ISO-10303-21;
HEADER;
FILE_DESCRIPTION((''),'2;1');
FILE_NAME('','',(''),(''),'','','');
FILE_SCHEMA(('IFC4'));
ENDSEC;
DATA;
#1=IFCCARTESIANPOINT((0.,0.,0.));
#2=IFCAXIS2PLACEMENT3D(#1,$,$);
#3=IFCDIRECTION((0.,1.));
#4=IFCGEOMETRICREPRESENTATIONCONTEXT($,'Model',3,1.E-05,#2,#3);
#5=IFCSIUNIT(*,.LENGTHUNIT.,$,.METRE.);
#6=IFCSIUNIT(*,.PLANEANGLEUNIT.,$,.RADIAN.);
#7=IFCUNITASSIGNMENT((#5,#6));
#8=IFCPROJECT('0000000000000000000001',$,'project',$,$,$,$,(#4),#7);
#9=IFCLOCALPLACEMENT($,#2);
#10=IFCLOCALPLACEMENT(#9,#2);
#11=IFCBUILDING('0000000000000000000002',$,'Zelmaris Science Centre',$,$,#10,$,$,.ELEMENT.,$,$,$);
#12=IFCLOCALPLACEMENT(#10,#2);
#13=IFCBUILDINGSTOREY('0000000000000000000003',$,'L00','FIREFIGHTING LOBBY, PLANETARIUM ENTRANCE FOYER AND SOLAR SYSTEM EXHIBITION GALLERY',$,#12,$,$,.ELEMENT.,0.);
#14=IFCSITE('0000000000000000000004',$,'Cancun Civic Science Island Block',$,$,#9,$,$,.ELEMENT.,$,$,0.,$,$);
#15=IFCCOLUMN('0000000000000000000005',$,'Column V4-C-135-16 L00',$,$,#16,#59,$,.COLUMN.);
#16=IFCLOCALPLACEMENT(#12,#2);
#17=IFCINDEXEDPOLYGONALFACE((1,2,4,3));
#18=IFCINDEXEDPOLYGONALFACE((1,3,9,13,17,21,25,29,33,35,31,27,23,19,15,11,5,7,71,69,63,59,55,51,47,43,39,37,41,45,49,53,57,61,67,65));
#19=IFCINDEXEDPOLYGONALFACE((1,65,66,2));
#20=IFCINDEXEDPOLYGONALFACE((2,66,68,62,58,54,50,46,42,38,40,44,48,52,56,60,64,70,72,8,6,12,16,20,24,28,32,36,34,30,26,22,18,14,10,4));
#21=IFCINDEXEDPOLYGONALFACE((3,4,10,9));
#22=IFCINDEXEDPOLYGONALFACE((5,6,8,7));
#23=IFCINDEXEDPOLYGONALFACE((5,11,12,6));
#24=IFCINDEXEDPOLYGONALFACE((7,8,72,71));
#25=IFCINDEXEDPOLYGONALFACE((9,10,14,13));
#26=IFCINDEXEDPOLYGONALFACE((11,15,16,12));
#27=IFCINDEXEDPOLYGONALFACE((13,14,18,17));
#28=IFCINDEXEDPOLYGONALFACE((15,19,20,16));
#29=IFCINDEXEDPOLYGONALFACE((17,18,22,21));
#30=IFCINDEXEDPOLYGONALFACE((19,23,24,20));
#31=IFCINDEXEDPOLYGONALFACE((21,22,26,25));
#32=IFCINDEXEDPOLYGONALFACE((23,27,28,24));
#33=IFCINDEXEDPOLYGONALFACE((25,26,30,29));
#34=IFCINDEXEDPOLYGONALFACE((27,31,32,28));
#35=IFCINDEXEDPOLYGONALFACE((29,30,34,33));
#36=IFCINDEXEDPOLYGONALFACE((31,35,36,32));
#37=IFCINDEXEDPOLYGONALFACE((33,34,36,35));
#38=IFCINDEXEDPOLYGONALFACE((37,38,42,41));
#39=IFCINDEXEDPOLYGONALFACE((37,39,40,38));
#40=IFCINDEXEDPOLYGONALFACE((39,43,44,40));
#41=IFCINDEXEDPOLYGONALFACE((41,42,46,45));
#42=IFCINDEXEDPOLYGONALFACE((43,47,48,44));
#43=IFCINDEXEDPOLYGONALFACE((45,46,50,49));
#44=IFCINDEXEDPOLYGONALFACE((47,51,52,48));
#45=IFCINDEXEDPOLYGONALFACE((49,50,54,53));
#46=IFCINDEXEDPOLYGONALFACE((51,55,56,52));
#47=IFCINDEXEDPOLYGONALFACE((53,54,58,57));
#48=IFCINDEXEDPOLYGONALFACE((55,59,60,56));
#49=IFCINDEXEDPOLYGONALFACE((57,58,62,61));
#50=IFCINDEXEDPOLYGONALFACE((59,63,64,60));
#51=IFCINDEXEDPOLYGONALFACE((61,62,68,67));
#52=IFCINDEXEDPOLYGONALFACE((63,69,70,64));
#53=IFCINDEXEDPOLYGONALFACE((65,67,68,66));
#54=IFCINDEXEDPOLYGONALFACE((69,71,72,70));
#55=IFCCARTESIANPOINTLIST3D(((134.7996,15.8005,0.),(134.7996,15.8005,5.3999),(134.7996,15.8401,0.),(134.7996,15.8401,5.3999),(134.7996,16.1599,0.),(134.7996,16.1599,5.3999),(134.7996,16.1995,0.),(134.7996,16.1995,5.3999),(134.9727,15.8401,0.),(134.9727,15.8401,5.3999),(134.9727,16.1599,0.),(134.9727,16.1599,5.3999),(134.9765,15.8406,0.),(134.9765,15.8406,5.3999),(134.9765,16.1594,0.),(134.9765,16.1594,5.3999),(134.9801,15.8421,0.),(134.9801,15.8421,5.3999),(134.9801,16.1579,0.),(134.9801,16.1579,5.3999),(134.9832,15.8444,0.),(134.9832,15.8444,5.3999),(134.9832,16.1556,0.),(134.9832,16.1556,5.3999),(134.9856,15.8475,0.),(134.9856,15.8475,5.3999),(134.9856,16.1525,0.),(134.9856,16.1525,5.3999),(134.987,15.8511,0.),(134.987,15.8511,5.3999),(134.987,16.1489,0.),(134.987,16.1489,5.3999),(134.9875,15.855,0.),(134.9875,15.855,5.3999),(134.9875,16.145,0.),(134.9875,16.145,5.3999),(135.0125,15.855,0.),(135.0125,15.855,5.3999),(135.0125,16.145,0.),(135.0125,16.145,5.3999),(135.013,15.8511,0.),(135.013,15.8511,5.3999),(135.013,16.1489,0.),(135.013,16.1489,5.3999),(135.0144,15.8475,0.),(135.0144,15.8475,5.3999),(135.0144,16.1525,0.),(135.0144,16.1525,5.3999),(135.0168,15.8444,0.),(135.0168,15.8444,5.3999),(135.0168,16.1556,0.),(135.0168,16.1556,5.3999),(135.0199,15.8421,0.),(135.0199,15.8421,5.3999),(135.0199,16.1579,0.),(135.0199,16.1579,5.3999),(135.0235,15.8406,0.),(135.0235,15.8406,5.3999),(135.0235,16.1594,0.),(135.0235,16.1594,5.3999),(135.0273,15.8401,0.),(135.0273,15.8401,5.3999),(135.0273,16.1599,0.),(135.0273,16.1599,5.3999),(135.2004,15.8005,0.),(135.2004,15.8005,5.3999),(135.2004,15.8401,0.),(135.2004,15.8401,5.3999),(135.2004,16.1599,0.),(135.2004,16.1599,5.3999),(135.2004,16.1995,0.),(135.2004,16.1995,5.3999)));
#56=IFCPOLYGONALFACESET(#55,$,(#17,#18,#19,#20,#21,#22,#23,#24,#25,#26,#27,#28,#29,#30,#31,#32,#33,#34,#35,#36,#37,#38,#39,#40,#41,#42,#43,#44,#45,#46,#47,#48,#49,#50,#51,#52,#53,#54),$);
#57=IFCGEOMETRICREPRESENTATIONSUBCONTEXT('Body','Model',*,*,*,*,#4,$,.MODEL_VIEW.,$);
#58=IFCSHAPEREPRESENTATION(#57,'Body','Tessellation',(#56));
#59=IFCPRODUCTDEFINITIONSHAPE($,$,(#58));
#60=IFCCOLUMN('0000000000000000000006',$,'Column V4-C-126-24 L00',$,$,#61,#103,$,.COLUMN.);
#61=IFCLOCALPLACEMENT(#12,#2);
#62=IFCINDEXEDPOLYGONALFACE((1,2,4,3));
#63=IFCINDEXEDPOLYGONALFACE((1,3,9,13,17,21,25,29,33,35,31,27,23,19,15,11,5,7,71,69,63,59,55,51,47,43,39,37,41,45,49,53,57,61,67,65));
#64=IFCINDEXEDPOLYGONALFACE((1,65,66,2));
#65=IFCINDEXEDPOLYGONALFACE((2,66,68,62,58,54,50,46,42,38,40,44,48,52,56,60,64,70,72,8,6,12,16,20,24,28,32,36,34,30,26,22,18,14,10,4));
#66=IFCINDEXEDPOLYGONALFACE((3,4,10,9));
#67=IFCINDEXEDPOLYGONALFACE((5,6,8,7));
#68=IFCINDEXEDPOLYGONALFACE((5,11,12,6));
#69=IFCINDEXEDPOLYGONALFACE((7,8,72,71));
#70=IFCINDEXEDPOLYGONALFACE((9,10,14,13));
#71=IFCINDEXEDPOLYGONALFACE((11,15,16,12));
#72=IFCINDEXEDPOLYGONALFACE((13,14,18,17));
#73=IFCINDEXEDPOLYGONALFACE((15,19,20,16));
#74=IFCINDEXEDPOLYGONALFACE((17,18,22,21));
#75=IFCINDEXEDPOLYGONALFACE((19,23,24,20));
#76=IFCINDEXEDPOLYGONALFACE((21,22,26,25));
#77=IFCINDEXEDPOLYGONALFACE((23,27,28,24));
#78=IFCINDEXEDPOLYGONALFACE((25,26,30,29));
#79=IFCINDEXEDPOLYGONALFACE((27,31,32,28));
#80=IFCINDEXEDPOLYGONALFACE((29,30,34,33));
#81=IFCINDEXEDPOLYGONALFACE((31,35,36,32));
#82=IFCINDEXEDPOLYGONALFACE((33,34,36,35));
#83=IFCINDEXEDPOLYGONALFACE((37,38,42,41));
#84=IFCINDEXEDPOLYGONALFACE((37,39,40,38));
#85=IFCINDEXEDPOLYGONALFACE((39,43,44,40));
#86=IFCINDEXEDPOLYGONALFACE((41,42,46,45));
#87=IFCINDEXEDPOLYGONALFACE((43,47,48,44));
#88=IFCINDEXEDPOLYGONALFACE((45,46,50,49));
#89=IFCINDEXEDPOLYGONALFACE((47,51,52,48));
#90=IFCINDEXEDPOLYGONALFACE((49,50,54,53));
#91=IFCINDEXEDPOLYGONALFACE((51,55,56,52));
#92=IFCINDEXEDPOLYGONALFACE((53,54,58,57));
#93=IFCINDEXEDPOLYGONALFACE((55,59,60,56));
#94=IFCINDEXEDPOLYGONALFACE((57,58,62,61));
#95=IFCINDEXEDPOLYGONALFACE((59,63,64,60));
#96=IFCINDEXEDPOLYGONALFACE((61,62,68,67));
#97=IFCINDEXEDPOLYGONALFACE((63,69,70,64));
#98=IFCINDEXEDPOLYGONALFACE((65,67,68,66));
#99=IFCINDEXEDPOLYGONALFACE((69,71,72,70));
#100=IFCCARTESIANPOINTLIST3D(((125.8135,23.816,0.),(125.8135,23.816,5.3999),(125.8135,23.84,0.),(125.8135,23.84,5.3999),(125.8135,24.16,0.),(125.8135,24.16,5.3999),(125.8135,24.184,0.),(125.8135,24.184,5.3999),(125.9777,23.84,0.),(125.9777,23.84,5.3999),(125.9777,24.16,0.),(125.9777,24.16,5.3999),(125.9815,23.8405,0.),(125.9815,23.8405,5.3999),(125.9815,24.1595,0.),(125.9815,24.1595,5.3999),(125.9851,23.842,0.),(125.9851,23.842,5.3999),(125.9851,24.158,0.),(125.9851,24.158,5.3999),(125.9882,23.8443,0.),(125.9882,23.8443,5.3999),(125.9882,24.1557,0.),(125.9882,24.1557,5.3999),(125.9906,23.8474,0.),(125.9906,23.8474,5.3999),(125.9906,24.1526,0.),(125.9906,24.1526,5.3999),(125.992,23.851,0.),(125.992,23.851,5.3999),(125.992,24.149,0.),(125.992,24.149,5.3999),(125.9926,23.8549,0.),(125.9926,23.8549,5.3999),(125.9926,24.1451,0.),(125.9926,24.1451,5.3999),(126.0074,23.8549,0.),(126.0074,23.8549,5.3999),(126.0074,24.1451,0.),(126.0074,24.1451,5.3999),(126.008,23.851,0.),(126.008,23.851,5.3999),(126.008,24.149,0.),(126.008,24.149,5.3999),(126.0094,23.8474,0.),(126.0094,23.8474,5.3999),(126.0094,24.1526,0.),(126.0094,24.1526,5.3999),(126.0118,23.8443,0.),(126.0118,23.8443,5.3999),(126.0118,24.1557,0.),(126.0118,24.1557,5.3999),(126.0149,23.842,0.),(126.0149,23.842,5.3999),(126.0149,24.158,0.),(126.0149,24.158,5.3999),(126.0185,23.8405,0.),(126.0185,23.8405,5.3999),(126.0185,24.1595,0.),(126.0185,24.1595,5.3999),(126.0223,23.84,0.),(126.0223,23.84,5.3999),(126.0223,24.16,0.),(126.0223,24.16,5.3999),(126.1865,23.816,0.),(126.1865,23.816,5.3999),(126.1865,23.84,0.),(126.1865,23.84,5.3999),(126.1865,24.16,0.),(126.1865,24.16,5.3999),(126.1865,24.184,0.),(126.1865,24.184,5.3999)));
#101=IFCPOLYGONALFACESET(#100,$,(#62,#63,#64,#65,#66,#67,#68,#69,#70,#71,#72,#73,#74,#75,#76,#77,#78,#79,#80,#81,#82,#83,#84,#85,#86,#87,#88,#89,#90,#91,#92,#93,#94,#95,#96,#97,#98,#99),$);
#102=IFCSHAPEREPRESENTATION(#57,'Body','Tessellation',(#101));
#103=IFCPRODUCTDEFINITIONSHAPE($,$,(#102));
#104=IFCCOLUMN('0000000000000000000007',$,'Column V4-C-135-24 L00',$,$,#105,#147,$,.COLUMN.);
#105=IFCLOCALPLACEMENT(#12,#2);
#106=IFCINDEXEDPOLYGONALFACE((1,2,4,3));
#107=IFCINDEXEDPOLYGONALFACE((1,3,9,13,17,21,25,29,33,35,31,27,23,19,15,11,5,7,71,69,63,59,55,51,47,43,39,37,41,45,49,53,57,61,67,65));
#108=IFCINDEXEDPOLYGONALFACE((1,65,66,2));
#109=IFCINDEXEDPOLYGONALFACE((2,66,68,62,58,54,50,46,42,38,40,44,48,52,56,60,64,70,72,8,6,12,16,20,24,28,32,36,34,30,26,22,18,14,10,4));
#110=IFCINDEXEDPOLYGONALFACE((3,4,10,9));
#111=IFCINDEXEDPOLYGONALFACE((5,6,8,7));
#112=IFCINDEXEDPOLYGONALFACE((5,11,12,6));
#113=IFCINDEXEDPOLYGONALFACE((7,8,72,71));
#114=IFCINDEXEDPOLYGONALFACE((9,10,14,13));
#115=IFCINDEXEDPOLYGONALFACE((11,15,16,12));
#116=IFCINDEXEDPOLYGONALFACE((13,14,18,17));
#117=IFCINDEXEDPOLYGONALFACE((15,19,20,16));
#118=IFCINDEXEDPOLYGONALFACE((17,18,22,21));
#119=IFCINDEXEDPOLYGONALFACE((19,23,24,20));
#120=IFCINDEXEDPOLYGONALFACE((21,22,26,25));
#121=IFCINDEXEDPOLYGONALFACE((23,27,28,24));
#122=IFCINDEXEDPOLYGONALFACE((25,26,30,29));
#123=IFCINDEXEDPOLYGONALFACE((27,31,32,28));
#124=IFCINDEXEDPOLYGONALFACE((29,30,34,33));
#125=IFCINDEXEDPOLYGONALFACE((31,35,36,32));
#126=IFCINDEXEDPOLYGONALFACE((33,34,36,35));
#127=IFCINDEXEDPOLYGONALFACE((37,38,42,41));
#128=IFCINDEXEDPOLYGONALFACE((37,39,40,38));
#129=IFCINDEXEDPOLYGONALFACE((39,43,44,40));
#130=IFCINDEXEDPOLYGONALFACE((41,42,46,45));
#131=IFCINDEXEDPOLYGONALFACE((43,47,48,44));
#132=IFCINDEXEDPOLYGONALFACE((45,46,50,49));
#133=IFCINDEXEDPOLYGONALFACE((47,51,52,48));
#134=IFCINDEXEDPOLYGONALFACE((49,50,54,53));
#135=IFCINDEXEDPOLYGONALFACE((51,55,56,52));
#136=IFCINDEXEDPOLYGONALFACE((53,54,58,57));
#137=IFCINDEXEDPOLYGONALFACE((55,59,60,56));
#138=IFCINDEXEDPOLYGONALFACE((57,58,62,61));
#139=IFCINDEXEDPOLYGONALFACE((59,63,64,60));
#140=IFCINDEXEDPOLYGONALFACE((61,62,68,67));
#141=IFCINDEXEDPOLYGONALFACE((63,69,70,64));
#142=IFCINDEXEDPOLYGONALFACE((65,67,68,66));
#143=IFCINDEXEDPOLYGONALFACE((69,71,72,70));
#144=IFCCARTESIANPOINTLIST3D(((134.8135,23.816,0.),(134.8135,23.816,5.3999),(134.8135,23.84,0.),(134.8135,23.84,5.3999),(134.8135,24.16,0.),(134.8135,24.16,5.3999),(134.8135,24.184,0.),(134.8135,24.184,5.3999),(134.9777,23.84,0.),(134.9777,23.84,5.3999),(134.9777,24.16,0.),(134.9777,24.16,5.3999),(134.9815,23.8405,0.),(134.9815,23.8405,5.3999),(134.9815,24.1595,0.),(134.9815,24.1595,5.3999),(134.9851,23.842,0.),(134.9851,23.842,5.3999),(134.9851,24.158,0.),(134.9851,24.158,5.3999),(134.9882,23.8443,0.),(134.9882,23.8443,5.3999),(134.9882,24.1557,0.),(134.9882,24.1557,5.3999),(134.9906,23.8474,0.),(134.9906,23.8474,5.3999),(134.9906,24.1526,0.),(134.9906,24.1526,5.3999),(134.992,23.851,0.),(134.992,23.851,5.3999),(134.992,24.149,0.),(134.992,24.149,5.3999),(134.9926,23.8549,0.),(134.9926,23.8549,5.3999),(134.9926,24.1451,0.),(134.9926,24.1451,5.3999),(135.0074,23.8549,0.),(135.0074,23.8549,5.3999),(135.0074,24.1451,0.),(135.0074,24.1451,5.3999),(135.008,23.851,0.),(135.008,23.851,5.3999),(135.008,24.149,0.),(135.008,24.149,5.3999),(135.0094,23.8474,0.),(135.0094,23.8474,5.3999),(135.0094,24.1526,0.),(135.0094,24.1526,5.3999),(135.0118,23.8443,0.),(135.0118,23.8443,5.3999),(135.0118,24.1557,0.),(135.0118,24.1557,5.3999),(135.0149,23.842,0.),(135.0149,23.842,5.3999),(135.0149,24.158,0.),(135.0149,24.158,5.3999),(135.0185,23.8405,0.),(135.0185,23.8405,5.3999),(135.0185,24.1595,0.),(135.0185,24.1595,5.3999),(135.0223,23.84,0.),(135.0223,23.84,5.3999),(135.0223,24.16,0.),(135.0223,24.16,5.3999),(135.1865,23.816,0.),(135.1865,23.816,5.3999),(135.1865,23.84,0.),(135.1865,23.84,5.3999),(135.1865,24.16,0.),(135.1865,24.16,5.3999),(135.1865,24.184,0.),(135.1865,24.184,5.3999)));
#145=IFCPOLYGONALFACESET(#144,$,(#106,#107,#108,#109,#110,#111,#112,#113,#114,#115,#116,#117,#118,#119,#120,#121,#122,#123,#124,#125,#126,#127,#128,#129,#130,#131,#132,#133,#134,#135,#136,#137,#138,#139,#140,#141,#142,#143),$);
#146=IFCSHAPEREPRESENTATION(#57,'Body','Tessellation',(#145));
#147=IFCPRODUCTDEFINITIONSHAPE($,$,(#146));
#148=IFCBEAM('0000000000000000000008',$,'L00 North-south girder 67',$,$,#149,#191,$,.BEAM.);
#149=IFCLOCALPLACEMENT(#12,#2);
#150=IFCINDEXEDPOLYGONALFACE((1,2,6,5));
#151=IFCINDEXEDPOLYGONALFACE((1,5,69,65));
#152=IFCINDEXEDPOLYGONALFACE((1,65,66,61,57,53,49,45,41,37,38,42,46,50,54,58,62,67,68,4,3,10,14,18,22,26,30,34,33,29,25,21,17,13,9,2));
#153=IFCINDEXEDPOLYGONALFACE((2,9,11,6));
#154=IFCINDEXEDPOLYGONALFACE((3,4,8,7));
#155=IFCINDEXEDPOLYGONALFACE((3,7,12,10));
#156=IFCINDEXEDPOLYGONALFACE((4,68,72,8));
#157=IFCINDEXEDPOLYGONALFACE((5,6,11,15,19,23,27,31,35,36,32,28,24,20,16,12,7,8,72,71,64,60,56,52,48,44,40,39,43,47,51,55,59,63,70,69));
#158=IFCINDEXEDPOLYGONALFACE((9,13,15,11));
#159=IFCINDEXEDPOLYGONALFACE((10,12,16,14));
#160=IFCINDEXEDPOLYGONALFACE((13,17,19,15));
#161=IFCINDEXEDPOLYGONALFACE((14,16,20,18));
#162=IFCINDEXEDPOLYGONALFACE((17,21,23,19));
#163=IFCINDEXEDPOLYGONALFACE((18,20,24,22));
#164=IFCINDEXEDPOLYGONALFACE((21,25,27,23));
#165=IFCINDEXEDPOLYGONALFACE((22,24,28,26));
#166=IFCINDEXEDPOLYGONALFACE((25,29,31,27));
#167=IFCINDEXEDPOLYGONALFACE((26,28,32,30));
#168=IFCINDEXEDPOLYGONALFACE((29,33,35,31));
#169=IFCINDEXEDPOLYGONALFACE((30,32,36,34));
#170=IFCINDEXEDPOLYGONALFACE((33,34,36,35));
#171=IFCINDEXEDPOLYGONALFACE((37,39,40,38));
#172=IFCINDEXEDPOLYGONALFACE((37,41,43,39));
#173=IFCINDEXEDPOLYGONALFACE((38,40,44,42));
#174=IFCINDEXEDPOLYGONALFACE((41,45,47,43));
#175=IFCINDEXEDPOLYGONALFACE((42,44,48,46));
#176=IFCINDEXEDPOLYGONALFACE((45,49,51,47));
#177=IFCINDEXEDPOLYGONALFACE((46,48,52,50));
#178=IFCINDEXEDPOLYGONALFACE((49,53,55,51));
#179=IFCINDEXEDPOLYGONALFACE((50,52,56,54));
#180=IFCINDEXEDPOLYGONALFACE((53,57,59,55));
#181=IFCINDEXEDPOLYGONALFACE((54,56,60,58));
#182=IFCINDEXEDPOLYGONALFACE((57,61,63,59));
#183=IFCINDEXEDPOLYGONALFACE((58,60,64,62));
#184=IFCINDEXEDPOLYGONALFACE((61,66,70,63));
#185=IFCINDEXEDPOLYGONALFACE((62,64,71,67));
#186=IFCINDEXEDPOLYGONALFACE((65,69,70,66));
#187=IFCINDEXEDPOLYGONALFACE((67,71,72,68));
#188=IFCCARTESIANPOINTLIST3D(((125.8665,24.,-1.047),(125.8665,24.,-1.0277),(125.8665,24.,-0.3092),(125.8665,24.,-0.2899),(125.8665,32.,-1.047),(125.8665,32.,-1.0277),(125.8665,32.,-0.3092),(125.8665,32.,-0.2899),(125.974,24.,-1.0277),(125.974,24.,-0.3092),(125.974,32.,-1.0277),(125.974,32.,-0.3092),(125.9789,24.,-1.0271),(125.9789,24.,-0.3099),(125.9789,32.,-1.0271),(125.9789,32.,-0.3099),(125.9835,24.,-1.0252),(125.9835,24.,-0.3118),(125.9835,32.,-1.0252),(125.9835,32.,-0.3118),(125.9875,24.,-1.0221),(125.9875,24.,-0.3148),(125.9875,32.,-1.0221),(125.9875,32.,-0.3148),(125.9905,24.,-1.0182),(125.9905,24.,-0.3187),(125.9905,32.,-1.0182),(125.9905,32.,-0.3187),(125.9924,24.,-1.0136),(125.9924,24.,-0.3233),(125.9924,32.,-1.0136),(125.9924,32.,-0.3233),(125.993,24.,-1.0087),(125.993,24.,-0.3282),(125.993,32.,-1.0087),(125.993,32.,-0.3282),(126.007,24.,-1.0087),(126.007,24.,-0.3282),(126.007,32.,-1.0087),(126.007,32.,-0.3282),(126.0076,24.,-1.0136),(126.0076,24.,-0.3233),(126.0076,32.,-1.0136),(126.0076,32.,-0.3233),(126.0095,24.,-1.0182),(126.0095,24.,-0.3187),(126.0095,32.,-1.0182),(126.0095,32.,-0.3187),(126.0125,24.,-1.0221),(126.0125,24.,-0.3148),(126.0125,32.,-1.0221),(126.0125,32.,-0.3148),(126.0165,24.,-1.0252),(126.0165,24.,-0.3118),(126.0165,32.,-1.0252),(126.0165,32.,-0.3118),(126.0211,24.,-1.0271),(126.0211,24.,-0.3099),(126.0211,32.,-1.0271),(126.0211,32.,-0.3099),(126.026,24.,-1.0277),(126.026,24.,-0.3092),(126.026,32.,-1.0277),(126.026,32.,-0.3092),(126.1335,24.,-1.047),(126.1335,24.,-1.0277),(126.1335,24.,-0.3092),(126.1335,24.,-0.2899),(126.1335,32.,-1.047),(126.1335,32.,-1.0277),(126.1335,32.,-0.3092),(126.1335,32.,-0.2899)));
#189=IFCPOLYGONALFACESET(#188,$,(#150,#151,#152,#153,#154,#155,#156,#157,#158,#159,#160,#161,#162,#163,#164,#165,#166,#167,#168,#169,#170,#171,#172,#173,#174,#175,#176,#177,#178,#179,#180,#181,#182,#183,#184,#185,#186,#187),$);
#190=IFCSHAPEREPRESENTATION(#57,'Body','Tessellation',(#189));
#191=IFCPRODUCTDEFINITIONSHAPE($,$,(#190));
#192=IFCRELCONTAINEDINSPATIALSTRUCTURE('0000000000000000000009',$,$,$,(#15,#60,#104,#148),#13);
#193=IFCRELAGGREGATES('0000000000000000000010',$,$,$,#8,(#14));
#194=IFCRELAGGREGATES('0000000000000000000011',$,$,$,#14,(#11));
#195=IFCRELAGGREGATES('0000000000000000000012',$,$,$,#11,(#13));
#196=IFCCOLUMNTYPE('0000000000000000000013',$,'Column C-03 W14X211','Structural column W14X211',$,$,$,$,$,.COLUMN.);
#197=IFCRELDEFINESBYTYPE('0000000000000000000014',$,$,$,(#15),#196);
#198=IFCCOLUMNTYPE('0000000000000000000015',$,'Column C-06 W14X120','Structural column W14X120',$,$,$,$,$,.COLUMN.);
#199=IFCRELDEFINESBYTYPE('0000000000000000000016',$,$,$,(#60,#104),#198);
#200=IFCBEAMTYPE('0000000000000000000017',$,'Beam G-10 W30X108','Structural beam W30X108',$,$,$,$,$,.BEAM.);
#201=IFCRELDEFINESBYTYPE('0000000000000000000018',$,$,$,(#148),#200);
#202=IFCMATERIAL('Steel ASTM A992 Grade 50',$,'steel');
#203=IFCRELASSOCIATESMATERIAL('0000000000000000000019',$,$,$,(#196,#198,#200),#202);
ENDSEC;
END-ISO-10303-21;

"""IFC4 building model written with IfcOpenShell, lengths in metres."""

from ifc_helpers import new_model, si_unit, direction, frame, origin, origin_2d, place, context, subcontext, project, spatial, i_section, extrude, material, material_profile, profile_set, type_object, element, save


model = new_model("IFC4")

# Units and contexts
model_context = context("Model", 3, precision=1e-05, world=origin(), true_north=direction((0.0, 1.0)))
body_context = subcontext(model_context, "Body", "Model", "MODEL_VIEW")
ifc_project = project(units=[si_unit("LENGTHUNIT", "METRE"), si_unit("PLANEANGLEUNIT", "RADIAN")], contexts=[model_context])

# Site, building, storey
site_placement = place(None, origin())
site = spatial("IfcSite", under=ifc_project, at=site_placement, Name="Cancun Civic Science Island Block", CompositionType="ELEMENT", RefElevation=0.0)
building_placement = place(site_placement, origin())
building = spatial("IfcBuilding", under=site, at=building_placement, Name="Zelmaris Science Centre", CompositionType="ELEMENT")
storey_placement = place(building_placement, origin())
storey = spatial("IfcBuildingStorey", under=building, at=storey_placement, Name="L00", Description="FIREFIGHTING LOBBY, PLANETARIUM ENTRANCE FOYER AND SOLAR SYSTEM EXHIBITION GALLERY", CompositionType="ELEMENT", Elevation=0.0)

# Columns
ifc_material_1 = material(Name="Steel ASTM A992 Grade 50", Category="steel")
ifc_material_profile_1 = material_profile(ifc_material_1, i_section(OverallWidth=0.4009, OverallDepth=0.3989, WebThickness=0.0249, FlangeThickness=0.0396, FilletRadius=0.0149, at=origin_2d()), Name="W14X211")
ifc_profile_set_1 = profile_set([ifc_material_profile_1], Name="Steel ASTM A992 Grade 50")
column_type_1 = type_object("IfcColumnType", Name="Column C-03 W14X211", Description="Structural column W14X211", PredefinedType="COLUMN", material=ifc_profile_set_1)
column_placement = place(storey_placement, frame((135.0, 16.0, 0.0), z_axis=(0.0, 0.0, 1.0), x_axis=(1.0, 0.0, 0.0)))
element("IfcColumn", 1, at=column_placement, inside=storey, type_object=column_type_1, Name="Column V4-C-135-16 L00", PredefinedType="COLUMN", context=body_context, shape_type="SweptSolid", body=[
    extrude(i_section(OverallWidth=0.4009, OverallDepth=0.3989, WebThickness=0.0249, FlangeThickness=0.0396, FilletRadius=0.0149, at=origin_2d()), origin(), (0.0, 0.0, 1.0), 5.3999),
])
ifc_material_profile_2 = material_profile(ifc_material_1, i_section(OverallWidth=0.373, OverallDepth=0.3679, WebThickness=0.0149, FlangeThickness=0.0239, FilletRadius=0.0149, at=origin_2d()), Name="W14X120")
ifc_profile_set_2 = profile_set([ifc_material_profile_2], Name="Steel ASTM A992 Grade 50")
column_type_2 = type_object("IfcColumnType", Name="Column C-06 W14X120", Description="Structural column W14X120", PredefinedType="COLUMN", material=ifc_profile_set_2)
for number, where, z_axis, x_axis, name in (
    (2, (126.0, 24.0, 0.0), (0.0, 0.0, 1.0), (1.0, 0.0, 0.0), "Column V4-C-126-24 L00"),
    (3, (135.0, 24.0, 0.0), (0.0, 0.0, 1.0), (1.0, 0.0, 0.0), "Column V4-C-135-24 L00"),
):
    element("IfcColumn", number, at=place(storey_placement, frame(where, z_axis=z_axis, x_axis=x_axis)), inside=storey, type_object=column_type_2, Name=name, PredefinedType="COLUMN", context=body_context, shape_type="SweptSolid", body=[
        extrude(i_section(OverallWidth=0.373, OverallDepth=0.3679, WebThickness=0.0149, FlangeThickness=0.0239, FilletRadius=0.0149, at=origin_2d()), origin(), (0.0, 0.0, 1.0), 5.3999),
    ])

# Beam
ifc_material_profile_3 = material_profile(ifc_material_1, i_section(OverallWidth=0.2671, OverallDepth=0.7571, WebThickness=0.0139, FlangeThickness=0.0193, FilletRadius=0.019, at=origin_2d()), Name="W30X108")
ifc_profile_set_3 = profile_set([ifc_material_profile_3], Name="Steel ASTM A992 Grade 50")
beam_type_1 = type_object("IfcBeamType", Name="Beam G-10 W30X108", Description="Structural beam W30X108", PredefinedType="BEAM", material=ifc_profile_set_3)
beam_1_placement = place(storey_placement, frame((126.0, 24.0, -0.6685), z_axis=(0.0, 1.0, 0.0), x_axis=(-1.0, 0.0, 0.0)))
element("IfcBeam", 4, at=beam_1_placement, inside=storey, type_object=beam_type_1, Name="L00 North-south girder 67", PredefinedType="BEAM", context=body_context, shape_type="SweptSolid", body=[
    extrude(i_section(OverallWidth=0.2671, OverallDepth=0.7571, WebThickness=0.0139, FlangeThickness=0.0193, FilletRadius=0.019, at=origin_2d()), origin(), (0.0, 0.0, 1.0), 8.0),
])

save(model, "model.ifc")
